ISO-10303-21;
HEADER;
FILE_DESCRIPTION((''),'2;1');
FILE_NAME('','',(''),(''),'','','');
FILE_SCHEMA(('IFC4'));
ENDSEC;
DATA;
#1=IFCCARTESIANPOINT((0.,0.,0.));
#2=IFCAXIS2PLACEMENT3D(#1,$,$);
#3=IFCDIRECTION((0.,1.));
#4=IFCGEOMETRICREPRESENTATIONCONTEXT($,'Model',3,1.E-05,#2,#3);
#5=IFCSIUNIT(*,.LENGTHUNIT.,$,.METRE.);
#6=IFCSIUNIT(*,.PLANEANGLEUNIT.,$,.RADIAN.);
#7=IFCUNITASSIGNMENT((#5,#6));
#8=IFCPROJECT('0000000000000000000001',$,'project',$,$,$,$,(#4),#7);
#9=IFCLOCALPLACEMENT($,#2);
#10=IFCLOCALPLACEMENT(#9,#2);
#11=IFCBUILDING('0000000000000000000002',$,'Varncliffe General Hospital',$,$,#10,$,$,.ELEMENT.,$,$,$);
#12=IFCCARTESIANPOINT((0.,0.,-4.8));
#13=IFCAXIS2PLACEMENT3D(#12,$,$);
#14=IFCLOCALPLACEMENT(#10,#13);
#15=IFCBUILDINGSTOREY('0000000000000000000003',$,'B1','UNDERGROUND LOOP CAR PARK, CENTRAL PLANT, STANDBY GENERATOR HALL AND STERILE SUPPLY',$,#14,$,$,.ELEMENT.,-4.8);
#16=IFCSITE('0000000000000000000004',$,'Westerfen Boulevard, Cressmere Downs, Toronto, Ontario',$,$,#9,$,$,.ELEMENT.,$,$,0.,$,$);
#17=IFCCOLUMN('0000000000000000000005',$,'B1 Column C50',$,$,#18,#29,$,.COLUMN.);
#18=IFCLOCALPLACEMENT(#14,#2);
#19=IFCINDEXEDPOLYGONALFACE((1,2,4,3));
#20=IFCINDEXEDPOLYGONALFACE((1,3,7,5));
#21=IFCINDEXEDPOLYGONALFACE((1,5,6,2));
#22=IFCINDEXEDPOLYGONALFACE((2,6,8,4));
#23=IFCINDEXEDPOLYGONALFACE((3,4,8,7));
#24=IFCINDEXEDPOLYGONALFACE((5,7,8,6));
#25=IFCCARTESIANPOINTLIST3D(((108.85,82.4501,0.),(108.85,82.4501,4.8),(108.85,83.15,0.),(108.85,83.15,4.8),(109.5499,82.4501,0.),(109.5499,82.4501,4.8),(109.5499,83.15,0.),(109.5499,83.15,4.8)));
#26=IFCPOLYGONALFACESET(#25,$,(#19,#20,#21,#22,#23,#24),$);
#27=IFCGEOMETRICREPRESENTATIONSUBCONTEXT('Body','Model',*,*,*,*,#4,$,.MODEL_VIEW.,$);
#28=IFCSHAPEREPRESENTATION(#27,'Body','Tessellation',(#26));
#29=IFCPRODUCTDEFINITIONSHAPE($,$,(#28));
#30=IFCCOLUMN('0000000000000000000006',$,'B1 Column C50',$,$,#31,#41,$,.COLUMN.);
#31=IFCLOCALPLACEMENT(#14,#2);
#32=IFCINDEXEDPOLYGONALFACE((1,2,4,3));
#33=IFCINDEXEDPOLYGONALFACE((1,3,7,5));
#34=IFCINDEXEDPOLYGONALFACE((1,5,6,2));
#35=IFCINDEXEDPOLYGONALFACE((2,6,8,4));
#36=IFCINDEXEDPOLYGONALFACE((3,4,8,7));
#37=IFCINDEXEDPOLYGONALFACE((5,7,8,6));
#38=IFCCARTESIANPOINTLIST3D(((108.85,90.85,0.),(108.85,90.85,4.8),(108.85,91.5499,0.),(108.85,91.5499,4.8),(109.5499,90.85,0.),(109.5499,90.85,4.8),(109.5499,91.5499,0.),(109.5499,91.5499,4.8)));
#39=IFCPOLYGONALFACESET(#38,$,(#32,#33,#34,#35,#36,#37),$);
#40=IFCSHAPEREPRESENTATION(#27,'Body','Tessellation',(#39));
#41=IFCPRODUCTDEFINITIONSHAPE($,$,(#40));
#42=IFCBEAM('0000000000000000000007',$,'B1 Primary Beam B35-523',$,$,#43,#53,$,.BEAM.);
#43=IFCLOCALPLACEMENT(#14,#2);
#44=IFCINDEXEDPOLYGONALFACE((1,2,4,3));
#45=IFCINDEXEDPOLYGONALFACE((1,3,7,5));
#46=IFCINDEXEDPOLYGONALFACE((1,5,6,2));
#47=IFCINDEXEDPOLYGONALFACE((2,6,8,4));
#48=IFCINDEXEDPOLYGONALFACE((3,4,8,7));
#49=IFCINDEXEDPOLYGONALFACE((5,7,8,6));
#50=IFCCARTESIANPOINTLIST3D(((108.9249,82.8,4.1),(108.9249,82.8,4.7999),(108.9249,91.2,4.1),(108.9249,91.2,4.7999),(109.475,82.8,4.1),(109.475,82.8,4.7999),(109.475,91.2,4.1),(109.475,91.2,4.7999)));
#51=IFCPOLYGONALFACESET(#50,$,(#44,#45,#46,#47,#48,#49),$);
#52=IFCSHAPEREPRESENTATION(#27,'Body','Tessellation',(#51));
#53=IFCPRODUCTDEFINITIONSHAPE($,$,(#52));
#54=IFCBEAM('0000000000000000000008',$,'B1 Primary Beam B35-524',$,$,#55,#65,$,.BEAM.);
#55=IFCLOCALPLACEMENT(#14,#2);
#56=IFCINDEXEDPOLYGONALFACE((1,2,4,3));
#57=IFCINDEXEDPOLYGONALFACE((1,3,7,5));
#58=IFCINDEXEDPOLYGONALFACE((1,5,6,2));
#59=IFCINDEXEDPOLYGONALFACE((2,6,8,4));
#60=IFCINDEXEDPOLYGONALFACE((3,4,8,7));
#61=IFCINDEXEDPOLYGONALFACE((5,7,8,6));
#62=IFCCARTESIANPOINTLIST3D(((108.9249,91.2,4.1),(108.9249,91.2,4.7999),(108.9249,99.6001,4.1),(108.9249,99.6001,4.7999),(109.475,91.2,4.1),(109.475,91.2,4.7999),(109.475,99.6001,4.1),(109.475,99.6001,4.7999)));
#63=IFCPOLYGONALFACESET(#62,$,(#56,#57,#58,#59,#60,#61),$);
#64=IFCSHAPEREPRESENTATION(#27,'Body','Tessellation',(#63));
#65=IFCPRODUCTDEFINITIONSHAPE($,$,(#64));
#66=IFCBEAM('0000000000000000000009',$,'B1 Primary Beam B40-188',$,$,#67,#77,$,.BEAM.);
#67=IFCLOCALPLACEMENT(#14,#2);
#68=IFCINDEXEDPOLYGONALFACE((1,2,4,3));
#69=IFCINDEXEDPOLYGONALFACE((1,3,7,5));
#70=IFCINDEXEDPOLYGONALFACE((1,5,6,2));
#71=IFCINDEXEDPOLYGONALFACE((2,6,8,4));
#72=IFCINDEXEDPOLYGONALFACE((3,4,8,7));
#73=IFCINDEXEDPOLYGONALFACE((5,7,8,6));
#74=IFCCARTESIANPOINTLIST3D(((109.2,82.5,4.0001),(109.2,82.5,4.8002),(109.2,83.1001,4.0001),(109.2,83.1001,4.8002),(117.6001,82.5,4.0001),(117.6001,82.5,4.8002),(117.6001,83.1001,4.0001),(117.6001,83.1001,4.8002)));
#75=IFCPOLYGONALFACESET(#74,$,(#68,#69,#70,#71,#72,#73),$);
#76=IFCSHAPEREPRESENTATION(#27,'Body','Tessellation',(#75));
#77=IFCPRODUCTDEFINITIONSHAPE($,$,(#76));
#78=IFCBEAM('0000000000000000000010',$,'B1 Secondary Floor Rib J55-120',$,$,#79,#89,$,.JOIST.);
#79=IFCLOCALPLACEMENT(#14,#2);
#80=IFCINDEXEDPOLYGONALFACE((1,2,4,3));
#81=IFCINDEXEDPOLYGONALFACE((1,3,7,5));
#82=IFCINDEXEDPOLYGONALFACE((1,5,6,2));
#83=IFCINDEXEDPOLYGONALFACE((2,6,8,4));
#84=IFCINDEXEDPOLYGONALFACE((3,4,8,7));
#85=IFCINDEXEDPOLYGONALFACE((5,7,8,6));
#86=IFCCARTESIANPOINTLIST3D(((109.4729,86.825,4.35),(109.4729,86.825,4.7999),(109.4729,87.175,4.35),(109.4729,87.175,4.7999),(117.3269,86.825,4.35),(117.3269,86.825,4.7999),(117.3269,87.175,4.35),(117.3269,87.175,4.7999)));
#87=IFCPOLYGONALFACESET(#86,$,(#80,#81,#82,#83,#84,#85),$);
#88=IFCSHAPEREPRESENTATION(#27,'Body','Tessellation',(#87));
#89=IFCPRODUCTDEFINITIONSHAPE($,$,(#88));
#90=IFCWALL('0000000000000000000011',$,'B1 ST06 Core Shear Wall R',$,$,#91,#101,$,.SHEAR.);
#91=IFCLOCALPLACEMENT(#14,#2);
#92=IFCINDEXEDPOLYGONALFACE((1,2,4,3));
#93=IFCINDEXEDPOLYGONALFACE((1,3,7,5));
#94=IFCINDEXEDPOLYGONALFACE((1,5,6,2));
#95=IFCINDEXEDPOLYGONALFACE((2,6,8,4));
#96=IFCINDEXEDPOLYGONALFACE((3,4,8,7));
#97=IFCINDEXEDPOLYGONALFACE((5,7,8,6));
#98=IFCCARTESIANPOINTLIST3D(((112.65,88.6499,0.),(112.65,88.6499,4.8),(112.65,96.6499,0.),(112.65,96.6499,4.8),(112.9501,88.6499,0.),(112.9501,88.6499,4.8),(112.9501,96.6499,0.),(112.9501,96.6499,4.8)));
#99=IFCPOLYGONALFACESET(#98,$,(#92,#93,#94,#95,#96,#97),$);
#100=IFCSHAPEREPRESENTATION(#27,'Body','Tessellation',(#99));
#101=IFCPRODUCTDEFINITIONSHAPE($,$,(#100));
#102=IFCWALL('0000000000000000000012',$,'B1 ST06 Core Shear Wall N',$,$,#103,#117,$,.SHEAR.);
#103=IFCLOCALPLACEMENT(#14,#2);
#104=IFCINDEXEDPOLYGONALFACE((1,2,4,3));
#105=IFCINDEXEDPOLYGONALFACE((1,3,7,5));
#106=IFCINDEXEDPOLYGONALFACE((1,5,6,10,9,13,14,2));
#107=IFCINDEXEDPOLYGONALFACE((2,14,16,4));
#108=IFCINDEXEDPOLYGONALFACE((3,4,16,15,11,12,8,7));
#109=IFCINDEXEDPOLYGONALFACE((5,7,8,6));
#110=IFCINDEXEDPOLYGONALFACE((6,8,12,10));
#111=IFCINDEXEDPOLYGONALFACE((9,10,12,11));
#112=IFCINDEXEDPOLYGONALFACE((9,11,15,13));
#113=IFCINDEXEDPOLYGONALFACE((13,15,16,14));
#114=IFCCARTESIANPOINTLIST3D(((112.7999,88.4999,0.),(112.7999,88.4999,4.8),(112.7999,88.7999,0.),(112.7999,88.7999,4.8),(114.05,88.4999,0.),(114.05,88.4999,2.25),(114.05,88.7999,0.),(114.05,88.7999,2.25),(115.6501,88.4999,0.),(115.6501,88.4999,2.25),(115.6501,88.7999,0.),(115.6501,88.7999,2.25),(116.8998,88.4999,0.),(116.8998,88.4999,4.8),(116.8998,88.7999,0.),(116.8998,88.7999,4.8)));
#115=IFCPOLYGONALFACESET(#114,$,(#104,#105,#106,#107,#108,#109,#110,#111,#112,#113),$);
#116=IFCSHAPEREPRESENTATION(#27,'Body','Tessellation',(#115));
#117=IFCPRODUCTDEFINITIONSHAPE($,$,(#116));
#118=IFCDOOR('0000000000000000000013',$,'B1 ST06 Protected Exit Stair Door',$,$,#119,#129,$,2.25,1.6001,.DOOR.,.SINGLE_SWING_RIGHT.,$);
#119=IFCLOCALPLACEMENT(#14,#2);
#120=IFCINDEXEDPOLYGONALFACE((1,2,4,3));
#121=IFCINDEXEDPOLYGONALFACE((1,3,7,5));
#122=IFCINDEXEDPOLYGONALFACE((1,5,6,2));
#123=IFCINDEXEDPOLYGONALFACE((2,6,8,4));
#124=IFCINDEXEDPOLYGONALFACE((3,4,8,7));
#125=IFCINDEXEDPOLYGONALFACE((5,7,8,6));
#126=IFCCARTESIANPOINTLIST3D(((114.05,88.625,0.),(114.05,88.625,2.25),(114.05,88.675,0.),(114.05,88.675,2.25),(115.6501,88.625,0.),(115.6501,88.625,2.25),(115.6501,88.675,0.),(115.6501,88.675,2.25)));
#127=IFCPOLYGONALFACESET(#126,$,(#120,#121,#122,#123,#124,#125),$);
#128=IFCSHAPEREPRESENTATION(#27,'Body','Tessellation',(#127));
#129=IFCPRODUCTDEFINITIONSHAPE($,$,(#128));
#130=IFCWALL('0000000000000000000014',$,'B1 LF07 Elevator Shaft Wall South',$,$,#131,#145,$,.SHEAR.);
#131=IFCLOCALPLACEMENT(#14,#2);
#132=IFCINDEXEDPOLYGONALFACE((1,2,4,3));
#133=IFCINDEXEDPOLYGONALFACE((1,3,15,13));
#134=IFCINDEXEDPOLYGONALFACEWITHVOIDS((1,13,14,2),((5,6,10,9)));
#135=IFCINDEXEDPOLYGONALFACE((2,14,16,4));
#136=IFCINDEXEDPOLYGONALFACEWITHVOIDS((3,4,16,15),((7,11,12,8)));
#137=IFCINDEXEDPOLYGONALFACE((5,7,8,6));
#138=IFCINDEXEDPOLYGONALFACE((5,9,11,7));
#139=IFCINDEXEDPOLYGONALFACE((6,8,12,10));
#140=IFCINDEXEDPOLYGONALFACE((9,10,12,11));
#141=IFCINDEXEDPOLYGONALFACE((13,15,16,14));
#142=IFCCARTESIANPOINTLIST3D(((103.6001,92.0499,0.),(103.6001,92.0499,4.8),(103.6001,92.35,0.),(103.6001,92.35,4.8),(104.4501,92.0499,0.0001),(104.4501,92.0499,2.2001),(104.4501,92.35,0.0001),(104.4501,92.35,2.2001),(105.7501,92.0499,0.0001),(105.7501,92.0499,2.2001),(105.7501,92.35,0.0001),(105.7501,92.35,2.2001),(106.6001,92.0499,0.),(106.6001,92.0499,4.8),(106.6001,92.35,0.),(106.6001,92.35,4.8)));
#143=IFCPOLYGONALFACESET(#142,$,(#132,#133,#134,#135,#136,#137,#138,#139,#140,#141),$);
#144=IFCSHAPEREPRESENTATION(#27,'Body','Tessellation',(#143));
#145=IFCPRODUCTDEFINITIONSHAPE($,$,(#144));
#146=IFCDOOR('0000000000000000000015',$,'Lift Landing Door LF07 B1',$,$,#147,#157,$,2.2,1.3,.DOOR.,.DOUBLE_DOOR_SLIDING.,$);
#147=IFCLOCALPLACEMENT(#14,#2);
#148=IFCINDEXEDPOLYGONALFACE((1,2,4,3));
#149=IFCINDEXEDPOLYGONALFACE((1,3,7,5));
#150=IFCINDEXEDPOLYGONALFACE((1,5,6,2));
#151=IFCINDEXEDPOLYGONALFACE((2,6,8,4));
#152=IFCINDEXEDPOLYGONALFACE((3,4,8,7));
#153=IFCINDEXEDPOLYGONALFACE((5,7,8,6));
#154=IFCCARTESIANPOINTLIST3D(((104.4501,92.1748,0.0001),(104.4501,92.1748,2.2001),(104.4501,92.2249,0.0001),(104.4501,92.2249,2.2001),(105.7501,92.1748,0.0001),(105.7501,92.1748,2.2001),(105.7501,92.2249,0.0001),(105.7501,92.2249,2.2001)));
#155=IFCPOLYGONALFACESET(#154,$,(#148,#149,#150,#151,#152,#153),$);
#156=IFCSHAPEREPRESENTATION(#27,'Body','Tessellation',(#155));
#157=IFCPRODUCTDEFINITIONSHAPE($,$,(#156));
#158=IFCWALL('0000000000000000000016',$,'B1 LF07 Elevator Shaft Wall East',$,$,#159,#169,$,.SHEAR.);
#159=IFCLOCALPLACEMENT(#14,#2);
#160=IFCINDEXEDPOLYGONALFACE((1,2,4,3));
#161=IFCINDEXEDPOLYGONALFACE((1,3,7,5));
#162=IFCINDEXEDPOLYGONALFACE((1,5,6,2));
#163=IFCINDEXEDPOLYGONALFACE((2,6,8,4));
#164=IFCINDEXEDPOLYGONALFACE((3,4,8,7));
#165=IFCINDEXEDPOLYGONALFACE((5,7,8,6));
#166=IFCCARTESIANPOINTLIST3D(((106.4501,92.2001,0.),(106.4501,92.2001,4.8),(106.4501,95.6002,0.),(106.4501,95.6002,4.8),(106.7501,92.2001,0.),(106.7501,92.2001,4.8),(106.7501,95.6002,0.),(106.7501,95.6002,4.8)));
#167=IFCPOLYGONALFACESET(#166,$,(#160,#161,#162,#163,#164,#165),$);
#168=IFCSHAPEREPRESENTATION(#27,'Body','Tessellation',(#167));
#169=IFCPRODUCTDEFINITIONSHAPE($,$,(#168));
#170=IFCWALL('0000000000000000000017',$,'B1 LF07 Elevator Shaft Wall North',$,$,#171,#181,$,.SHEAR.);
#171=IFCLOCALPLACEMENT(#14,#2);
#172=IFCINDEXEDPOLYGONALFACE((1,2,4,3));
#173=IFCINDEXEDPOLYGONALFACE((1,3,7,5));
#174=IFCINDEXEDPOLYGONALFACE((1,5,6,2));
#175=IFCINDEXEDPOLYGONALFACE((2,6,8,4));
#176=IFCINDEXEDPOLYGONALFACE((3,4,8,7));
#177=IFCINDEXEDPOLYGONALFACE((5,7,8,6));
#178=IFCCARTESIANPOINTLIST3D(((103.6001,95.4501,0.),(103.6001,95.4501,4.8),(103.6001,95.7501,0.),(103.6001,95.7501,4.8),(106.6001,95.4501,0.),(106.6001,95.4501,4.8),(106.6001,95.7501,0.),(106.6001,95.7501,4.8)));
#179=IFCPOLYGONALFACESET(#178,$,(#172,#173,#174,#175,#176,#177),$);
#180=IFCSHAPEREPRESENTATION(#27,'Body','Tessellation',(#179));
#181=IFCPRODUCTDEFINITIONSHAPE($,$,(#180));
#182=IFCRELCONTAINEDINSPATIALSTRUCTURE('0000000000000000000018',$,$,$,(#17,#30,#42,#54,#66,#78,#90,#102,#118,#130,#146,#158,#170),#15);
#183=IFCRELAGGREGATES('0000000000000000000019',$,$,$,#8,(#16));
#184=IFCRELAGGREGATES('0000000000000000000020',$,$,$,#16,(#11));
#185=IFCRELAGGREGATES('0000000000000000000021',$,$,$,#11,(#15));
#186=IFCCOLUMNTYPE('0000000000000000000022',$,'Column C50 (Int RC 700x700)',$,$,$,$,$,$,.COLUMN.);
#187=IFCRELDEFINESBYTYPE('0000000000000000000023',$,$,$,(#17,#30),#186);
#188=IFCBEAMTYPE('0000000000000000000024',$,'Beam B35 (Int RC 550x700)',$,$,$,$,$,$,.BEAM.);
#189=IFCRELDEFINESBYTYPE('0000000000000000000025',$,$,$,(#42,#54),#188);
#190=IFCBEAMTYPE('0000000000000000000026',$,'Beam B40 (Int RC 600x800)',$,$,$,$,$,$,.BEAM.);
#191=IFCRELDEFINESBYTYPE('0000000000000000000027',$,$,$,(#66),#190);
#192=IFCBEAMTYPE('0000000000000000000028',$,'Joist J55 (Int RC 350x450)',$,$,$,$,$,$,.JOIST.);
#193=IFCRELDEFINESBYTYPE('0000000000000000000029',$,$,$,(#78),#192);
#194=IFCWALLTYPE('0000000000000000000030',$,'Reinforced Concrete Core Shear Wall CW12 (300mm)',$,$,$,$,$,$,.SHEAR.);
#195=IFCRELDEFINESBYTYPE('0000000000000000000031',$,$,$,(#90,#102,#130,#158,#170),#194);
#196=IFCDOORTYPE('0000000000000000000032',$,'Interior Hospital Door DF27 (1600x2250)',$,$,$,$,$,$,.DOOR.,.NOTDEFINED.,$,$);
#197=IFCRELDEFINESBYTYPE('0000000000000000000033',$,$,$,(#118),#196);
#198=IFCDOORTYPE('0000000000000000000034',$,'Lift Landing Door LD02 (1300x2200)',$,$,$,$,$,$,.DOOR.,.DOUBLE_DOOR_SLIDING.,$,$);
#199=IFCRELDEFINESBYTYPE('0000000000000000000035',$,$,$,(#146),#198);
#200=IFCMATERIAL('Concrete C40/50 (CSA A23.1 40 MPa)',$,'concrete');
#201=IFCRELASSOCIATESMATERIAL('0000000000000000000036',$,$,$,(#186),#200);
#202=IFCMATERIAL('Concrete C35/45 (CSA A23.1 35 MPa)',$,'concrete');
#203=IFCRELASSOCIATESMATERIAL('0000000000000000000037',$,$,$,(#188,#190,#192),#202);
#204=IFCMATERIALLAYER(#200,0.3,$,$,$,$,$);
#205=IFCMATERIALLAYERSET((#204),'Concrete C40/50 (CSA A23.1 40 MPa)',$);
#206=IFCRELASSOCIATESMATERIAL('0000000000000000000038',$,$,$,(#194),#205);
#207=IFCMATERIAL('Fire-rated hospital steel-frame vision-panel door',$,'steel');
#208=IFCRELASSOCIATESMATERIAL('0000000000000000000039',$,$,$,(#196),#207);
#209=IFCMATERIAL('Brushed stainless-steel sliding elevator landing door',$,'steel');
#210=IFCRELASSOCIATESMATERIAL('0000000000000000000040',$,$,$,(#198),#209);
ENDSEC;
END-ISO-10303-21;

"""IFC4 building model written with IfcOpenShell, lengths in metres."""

from ifc_helpers import new_model, si_unit, direction, frame, frame_2d, origin, origin_2d, place, context, subcontext, project, spatial, rectangle, extrude, material, layer, layer_set, material_profile, profile_set, type_object, element, fill, save


model = new_model("IFC4")

# Units and contexts
model_context = context("Model", 3, precision=1e-05, world=origin(), true_north=direction((0.0, 1.0)))
body_context = subcontext(model_context, "Body", "Model", "MODEL_VIEW")
ifc_project = project(units=[si_unit("LENGTHUNIT", "METRE"), si_unit("PLANEANGLEUNIT", "RADIAN")], contexts=[model_context])

# Site, building, storey
site_placement = place(None, origin())
site = spatial("IfcSite", under=ifc_project, at=site_placement, Name="Westerfen Boulevard, Cressmere Downs, Toronto, Ontario", CompositionType="ELEMENT", RefElevation=0.0)
building_placement = place(site_placement, origin())
building = spatial("IfcBuilding", under=site, at=building_placement, Name="Varncliffe General Hospital", CompositionType="ELEMENT")
storey_placement = place(building_placement, frame((0.0, 0.0, -4.8)))
storey = spatial("IfcBuildingStorey", under=building, at=storey_placement, Name="B1", Description="UNDERGROUND LOOP CAR PARK, CENTRAL PLANT, STANDBY GENERATOR HALL AND STERILE SUPPLY", CompositionType="ELEMENT", Elevation=-4.8)

# Shared definitions
ifc_material_1 = material(Name="Concrete C40/50 (CSA A23.1 40 MPa)", Category="concrete")

# Columns
ifc_material_profile_1 = material_profile(ifc_material_1, rectangle(XDim=0.7, YDim=0.7, at=origin_2d()), Name="RC 700x700")
ifc_profile_set_1 = profile_set([ifc_material_profile_1], Name="Concrete C40/50 (CSA A23.1 40 MPa)")
column_type = type_object("IfcColumnType", Name="Column C50 (Int RC 700x700)", PredefinedType="COLUMN", material=ifc_profile_set_1)
for number, where, z_axis, x_axis, name in (
    (1, (109.2, 82.8, 0.0), (0.0, 0.0, 1.0), (1.0, 0.0, 0.0), "B1 Column C50"),
    (2, (109.2, 91.2, 0.0), (0.0, 0.0, 1.0), (1.0, 0.0, 0.0), "B1 Column C50"),
):
    element("IfcColumn", number, at=place(storey_placement, frame(where, z_axis=z_axis, x_axis=x_axis)), inside=storey, type_object=column_type, Name=name, PredefinedType="COLUMN", context=body_context, shape_type="SweptSolid", body=[
        extrude(rectangle(XDim=0.7, YDim=0.7, at=origin_2d()), origin(), (0.0, 0.0, 1.0), 4.8),
    ])

# Beams
ifc_material_2 = material(Name="Concrete C35/45 (CSA A23.1 35 MPa)", Category="concrete")
ifc_material_profile_2 = material_profile(ifc_material_2, rectangle(XDim=0.55, YDim=0.7, at=origin_2d()), Name="RC 550x700")
ifc_profile_set_2 = profile_set([ifc_material_profile_2], Name="Concrete C35/45 (CSA A23.1 35 MPa)")
beam_type_1 = type_object("IfcBeamType", Name="Beam B35 (Int RC 550x700)", PredefinedType="BEAM", material=ifc_profile_set_2)
beam_1_placement = place(storey_placement, frame((109.2, 82.8, 4.45), z_axis=(0.0, 1.0, 0.0), x_axis=(-1.0, 0.0, 0.0)))
element("IfcBeam", 3, at=beam_1_placement, inside=storey, type_object=beam_type_1, Name="B1 Primary Beam B35-523", PredefinedType="BEAM", context=body_context, shape_type="SweptSolid", body=[
    extrude(rectangle(XDim=0.55, YDim=0.7, at=origin_2d()), origin(), (0.0, 0.0, 1.0), 8.3999),
])
beam_2_placement = place(storey_placement, frame((109.2, 91.2, 4.45), z_axis=(0.0, 1.0, 0.0), x_axis=(-1.0, 0.0, 0.0)))
element("IfcBeam", 4, at=beam_2_placement, inside=storey, type_object=beam_type_1, Name="B1 Primary Beam B35-524", PredefinedType="BEAM", context=body_context, shape_type="SweptSolid", body=[
    extrude(rectangle(XDim=0.55, YDim=0.7, at=origin_2d()), origin(), (0.0, 0.0, 1.0), 8.4001),
])
ifc_material_profile_3 = material_profile(ifc_material_2, rectangle(XDim=0.6001, YDim=0.8, at=origin_2d()), Name="RC 600x800")
ifc_profile_set_3 = profile_set([ifc_material_profile_3], Name="Concrete C35/45 (CSA A23.1 35 MPa)")
beam_type_2 = type_object("IfcBeamType", Name="Beam B40 (Int RC 600x800)", PredefinedType="BEAM", material=ifc_profile_set_3)
beam_3_placement = place(storey_placement, frame((109.2, 82.8, 4.4001), z_axis=(1.0, 0.0, 0.0), x_axis=(0.0, 1.0, 0.0)))
element("IfcBeam", 5, at=beam_3_placement, inside=storey, type_object=beam_type_2, Name="B1 Primary Beam B40-188", PredefinedType="BEAM", context=body_context, shape_type="SweptSolid", body=[
    extrude(rectangle(XDim=0.6001, YDim=0.8, at=origin_2d()), origin(), (0.0, 0.0, 1.0), 8.4001),
])
ifc_material_profile_4 = material_profile(ifc_material_2, rectangle(XDim=0.3501, YDim=0.45, at=origin_2d()), Name="RC 350x450")
ifc_profile_set_4 = profile_set([ifc_material_profile_4], Name="Concrete C35/45 (CSA A23.1 35 MPa)")
beam_type_3 = type_object("IfcBeamType", Name="Joist J55 (Int RC 350x450)", PredefinedType="JOIST", material=ifc_profile_set_4)
beam_4_placement = place(storey_placement, frame((109.4729, 87.0, 4.575), z_axis=(1.0, 0.0, 0.0), x_axis=(0.0, 1.0, 0.0)))
element("IfcBeam", 6, at=beam_4_placement, inside=storey, type_object=beam_type_3, Name="B1 Secondary Floor Rib J55-120", PredefinedType="JOIST", context=body_context, shape_type="SweptSolid", body=[
    extrude(rectangle(XDim=0.3501, YDim=0.45, at=origin_2d()), origin(), (0.0, 0.0, 1.0), 7.854),
])

# Wall
ifc_layer = layer(ifc_material_1, 0.3)
ifc_layer_set = layer_set([ifc_layer], Name="Concrete C40/50 (CSA A23.1 40 MPa)")
wall_type = type_object("IfcWallType", Name="Reinforced Concrete Core Shear Wall CW12 (300mm)", PredefinedType="SHEAR", material=ifc_layer_set)
wall_1_placement = place(storey_placement, frame((112.8, 96.6499, 0.0), z_axis=(0.0, 0.0, 1.0), x_axis=(0.0, -1.0, 0.0)))
element("IfcWall", 7, at=wall_1_placement, inside=storey, type_object=wall_type, Name="B1 ST06 Core Shear Wall R", PredefinedType="SHEAR", context=body_context, shape_type="SweptSolid", body=[
    extrude(rectangle(XDim=8.0, YDim=0.3, at=frame_2d((4.0, 0.0))), origin(), (0.0, 0.0, 1.0), 4.8),
])

# Walls, openings, doors
wall_2_placement = place(storey_placement, frame((112.8, 88.6499, 0.0), z_axis=(0.0, 0.0, 1.0), x_axis=(1.0, 0.0, 0.0)))
wall_2 = element("IfcWall", 8, at=wall_2_placement, inside=storey, type_object=wall_type, Name="B1 ST06 Core Shear Wall N", PredefinedType="SHEAR", context=body_context, shape_type="SweptSolid", body=[
    extrude(rectangle(XDim=4.0999, YDim=0.3, at=frame_2d((2.0498, 0.0))), origin(), (0.0, 0.0, 1.0), 4.8),
])
opening_1_placement = place(wall_2_placement, frame((1.25, 0.0, 0.0)))
opening_1 = element("IfcOpeningElement", 9, at=opening_1_placement, cuts=wall_2, PredefinedType="OPENING", context=body_context, shape_type="SweptSolid", body=[
    extrude(rectangle(XDim=1.6001, YDim=2.25, at=frame_2d((0.8, 1.125))), frame((0.0, 0.1602, 0.0), z_axis=(0.0, -1.0, 0.0), x_axis=(1.0, 0.0, 0.0)), (0.0, 0.0, 1.0), 0.3201),
])
ifc_material_3 = material(Name="Fire-rated hospital steel-frame vision-panel door", Category="steel")
door_type_1 = type_object("IfcDoorType", Name="Interior Hospital Door DF27 (1600x2250)", OperationType="NOTDEFINED", PredefinedType="DOOR", material=ifc_material_3)
door_1_placement = place(opening_1_placement, frame((1.6001, 0.0, 0.0), z_axis=(0.0, 0.0, 1.0), x_axis=(-1.0, 0.0, 0.0)))
door_1 = element("IfcDoor", 10, at=door_1_placement, inside=storey, type_object=door_type_1, Name="B1 ST06 Protected Exit Stair Door", OperationType="SINGLE_SWING_RIGHT", OverallHeight=2.25, OverallWidth=1.6001, PredefinedType="DOOR", context=body_context, shape_type="SweptSolid", body=[
    extrude(rectangle(XDim=1.6001, YDim=2.25, at=frame_2d((0.8, 1.125))), frame((0.0, 0.0249, 0.0), z_axis=(0.0, -1.0, 0.0), x_axis=(1.0, 0.0, 0.0)), (0.0, 0.0, 1.0), 0.05),
])
fill(opening_1, door_1)
wall_3_placement = place(storey_placement, frame((103.6001, 92.2, 0.0), z_axis=(0.0, 0.0, 1.0), x_axis=(1.0, 0.0, 0.0)))
wall_3 = element("IfcWall", 11, at=wall_3_placement, inside=storey, type_object=wall_type, Name="B1 LF07 Elevator Shaft Wall South", PredefinedType="SHEAR", context=body_context, shape_type="SweptSolid", body=[
    extrude(rectangle(XDim=3.0, YDim=0.3, at=frame_2d((1.5, 0.0))), origin(), (0.0, 0.0, 1.0), 4.8),
])
opening_2_placement = place(wall_3_placement, frame((0.8501, 0.0, 0.0)))
opening_2 = element("IfcOpeningElement", 12, at=opening_2_placement, cuts=wall_3, PredefinedType="OPENING", context=body_context, shape_type="SweptSolid", body=[
    extrude(rectangle(XDim=1.3, YDim=2.2, at=frame_2d((0.6499, 1.1001))), frame((0.0, 0.1602, 0.0), z_axis=(0.0, -1.0, 0.0), x_axis=(1.0, 0.0, 0.0)), (0.0, 0.0, 1.0), 0.3201),
])
ifc_material_4 = material(Name="Brushed stainless-steel sliding elevator landing door", Category="steel")
door_type_2 = type_object("IfcDoorType", Name="Lift Landing Door LD02 (1300x2200)", OperationType="DOUBLE_DOOR_SLIDING", PredefinedType="DOOR", material=ifc_material_4)
door_2_placement = place(opening_2_placement, origin())
door_2 = element("IfcDoor", 13, at=door_2_placement, inside=storey, type_object=door_type_2, Name="Lift Landing Door LF07 B1", OperationType="DOUBLE_DOOR_SLIDING", OverallHeight=2.2, OverallWidth=1.3, PredefinedType="DOOR", context=body_context, shape_type="SweptSolid", body=[
    extrude(rectangle(XDim=1.3, YDim=2.2, at=frame_2d((0.6499, 1.1001))), frame((0.0, 0.0249, 0.0), z_axis=(0.0, -1.0, 0.0), x_axis=(1.0, 0.0, 0.0)), (0.0, 0.0, 1.0), 0.05),
])
fill(opening_2, door_2)

# Walls
wall_4_placement = place(storey_placement, frame((106.6001, 92.2, 0.0), z_axis=(0.0, 0.0, 1.0), x_axis=(0.0, 1.0, 0.0)))
element("IfcWall", 14, at=wall_4_placement, inside=storey, type_object=wall_type, Name="B1 LF07 Elevator Shaft Wall East", PredefinedType="SHEAR", context=body_context, shape_type="SweptSolid", body=[
    extrude(rectangle(XDim=3.4001, YDim=0.3, at=frame_2d((1.7002, 0.0))), origin(), (0.0, 0.0, 1.0), 4.8),
])
wall_5_placement = place(storey_placement, frame((106.6001, 95.6001, 0.0), z_axis=(0.0, 0.0, 1.0), x_axis=(-1.0, 0.0, 0.0)))
element("IfcWall", 15, at=wall_5_placement, inside=storey, type_object=wall_type, Name="B1 LF07 Elevator Shaft Wall North", PredefinedType="SHEAR", context=body_context, shape_type="SweptSolid", body=[
    extrude(rectangle(XDim=3.0, YDim=0.3, at=frame_2d((1.5, 0.0))), origin(), (0.0, 0.0, 1.0), 4.8),
])

save(model, "model.ifc")
